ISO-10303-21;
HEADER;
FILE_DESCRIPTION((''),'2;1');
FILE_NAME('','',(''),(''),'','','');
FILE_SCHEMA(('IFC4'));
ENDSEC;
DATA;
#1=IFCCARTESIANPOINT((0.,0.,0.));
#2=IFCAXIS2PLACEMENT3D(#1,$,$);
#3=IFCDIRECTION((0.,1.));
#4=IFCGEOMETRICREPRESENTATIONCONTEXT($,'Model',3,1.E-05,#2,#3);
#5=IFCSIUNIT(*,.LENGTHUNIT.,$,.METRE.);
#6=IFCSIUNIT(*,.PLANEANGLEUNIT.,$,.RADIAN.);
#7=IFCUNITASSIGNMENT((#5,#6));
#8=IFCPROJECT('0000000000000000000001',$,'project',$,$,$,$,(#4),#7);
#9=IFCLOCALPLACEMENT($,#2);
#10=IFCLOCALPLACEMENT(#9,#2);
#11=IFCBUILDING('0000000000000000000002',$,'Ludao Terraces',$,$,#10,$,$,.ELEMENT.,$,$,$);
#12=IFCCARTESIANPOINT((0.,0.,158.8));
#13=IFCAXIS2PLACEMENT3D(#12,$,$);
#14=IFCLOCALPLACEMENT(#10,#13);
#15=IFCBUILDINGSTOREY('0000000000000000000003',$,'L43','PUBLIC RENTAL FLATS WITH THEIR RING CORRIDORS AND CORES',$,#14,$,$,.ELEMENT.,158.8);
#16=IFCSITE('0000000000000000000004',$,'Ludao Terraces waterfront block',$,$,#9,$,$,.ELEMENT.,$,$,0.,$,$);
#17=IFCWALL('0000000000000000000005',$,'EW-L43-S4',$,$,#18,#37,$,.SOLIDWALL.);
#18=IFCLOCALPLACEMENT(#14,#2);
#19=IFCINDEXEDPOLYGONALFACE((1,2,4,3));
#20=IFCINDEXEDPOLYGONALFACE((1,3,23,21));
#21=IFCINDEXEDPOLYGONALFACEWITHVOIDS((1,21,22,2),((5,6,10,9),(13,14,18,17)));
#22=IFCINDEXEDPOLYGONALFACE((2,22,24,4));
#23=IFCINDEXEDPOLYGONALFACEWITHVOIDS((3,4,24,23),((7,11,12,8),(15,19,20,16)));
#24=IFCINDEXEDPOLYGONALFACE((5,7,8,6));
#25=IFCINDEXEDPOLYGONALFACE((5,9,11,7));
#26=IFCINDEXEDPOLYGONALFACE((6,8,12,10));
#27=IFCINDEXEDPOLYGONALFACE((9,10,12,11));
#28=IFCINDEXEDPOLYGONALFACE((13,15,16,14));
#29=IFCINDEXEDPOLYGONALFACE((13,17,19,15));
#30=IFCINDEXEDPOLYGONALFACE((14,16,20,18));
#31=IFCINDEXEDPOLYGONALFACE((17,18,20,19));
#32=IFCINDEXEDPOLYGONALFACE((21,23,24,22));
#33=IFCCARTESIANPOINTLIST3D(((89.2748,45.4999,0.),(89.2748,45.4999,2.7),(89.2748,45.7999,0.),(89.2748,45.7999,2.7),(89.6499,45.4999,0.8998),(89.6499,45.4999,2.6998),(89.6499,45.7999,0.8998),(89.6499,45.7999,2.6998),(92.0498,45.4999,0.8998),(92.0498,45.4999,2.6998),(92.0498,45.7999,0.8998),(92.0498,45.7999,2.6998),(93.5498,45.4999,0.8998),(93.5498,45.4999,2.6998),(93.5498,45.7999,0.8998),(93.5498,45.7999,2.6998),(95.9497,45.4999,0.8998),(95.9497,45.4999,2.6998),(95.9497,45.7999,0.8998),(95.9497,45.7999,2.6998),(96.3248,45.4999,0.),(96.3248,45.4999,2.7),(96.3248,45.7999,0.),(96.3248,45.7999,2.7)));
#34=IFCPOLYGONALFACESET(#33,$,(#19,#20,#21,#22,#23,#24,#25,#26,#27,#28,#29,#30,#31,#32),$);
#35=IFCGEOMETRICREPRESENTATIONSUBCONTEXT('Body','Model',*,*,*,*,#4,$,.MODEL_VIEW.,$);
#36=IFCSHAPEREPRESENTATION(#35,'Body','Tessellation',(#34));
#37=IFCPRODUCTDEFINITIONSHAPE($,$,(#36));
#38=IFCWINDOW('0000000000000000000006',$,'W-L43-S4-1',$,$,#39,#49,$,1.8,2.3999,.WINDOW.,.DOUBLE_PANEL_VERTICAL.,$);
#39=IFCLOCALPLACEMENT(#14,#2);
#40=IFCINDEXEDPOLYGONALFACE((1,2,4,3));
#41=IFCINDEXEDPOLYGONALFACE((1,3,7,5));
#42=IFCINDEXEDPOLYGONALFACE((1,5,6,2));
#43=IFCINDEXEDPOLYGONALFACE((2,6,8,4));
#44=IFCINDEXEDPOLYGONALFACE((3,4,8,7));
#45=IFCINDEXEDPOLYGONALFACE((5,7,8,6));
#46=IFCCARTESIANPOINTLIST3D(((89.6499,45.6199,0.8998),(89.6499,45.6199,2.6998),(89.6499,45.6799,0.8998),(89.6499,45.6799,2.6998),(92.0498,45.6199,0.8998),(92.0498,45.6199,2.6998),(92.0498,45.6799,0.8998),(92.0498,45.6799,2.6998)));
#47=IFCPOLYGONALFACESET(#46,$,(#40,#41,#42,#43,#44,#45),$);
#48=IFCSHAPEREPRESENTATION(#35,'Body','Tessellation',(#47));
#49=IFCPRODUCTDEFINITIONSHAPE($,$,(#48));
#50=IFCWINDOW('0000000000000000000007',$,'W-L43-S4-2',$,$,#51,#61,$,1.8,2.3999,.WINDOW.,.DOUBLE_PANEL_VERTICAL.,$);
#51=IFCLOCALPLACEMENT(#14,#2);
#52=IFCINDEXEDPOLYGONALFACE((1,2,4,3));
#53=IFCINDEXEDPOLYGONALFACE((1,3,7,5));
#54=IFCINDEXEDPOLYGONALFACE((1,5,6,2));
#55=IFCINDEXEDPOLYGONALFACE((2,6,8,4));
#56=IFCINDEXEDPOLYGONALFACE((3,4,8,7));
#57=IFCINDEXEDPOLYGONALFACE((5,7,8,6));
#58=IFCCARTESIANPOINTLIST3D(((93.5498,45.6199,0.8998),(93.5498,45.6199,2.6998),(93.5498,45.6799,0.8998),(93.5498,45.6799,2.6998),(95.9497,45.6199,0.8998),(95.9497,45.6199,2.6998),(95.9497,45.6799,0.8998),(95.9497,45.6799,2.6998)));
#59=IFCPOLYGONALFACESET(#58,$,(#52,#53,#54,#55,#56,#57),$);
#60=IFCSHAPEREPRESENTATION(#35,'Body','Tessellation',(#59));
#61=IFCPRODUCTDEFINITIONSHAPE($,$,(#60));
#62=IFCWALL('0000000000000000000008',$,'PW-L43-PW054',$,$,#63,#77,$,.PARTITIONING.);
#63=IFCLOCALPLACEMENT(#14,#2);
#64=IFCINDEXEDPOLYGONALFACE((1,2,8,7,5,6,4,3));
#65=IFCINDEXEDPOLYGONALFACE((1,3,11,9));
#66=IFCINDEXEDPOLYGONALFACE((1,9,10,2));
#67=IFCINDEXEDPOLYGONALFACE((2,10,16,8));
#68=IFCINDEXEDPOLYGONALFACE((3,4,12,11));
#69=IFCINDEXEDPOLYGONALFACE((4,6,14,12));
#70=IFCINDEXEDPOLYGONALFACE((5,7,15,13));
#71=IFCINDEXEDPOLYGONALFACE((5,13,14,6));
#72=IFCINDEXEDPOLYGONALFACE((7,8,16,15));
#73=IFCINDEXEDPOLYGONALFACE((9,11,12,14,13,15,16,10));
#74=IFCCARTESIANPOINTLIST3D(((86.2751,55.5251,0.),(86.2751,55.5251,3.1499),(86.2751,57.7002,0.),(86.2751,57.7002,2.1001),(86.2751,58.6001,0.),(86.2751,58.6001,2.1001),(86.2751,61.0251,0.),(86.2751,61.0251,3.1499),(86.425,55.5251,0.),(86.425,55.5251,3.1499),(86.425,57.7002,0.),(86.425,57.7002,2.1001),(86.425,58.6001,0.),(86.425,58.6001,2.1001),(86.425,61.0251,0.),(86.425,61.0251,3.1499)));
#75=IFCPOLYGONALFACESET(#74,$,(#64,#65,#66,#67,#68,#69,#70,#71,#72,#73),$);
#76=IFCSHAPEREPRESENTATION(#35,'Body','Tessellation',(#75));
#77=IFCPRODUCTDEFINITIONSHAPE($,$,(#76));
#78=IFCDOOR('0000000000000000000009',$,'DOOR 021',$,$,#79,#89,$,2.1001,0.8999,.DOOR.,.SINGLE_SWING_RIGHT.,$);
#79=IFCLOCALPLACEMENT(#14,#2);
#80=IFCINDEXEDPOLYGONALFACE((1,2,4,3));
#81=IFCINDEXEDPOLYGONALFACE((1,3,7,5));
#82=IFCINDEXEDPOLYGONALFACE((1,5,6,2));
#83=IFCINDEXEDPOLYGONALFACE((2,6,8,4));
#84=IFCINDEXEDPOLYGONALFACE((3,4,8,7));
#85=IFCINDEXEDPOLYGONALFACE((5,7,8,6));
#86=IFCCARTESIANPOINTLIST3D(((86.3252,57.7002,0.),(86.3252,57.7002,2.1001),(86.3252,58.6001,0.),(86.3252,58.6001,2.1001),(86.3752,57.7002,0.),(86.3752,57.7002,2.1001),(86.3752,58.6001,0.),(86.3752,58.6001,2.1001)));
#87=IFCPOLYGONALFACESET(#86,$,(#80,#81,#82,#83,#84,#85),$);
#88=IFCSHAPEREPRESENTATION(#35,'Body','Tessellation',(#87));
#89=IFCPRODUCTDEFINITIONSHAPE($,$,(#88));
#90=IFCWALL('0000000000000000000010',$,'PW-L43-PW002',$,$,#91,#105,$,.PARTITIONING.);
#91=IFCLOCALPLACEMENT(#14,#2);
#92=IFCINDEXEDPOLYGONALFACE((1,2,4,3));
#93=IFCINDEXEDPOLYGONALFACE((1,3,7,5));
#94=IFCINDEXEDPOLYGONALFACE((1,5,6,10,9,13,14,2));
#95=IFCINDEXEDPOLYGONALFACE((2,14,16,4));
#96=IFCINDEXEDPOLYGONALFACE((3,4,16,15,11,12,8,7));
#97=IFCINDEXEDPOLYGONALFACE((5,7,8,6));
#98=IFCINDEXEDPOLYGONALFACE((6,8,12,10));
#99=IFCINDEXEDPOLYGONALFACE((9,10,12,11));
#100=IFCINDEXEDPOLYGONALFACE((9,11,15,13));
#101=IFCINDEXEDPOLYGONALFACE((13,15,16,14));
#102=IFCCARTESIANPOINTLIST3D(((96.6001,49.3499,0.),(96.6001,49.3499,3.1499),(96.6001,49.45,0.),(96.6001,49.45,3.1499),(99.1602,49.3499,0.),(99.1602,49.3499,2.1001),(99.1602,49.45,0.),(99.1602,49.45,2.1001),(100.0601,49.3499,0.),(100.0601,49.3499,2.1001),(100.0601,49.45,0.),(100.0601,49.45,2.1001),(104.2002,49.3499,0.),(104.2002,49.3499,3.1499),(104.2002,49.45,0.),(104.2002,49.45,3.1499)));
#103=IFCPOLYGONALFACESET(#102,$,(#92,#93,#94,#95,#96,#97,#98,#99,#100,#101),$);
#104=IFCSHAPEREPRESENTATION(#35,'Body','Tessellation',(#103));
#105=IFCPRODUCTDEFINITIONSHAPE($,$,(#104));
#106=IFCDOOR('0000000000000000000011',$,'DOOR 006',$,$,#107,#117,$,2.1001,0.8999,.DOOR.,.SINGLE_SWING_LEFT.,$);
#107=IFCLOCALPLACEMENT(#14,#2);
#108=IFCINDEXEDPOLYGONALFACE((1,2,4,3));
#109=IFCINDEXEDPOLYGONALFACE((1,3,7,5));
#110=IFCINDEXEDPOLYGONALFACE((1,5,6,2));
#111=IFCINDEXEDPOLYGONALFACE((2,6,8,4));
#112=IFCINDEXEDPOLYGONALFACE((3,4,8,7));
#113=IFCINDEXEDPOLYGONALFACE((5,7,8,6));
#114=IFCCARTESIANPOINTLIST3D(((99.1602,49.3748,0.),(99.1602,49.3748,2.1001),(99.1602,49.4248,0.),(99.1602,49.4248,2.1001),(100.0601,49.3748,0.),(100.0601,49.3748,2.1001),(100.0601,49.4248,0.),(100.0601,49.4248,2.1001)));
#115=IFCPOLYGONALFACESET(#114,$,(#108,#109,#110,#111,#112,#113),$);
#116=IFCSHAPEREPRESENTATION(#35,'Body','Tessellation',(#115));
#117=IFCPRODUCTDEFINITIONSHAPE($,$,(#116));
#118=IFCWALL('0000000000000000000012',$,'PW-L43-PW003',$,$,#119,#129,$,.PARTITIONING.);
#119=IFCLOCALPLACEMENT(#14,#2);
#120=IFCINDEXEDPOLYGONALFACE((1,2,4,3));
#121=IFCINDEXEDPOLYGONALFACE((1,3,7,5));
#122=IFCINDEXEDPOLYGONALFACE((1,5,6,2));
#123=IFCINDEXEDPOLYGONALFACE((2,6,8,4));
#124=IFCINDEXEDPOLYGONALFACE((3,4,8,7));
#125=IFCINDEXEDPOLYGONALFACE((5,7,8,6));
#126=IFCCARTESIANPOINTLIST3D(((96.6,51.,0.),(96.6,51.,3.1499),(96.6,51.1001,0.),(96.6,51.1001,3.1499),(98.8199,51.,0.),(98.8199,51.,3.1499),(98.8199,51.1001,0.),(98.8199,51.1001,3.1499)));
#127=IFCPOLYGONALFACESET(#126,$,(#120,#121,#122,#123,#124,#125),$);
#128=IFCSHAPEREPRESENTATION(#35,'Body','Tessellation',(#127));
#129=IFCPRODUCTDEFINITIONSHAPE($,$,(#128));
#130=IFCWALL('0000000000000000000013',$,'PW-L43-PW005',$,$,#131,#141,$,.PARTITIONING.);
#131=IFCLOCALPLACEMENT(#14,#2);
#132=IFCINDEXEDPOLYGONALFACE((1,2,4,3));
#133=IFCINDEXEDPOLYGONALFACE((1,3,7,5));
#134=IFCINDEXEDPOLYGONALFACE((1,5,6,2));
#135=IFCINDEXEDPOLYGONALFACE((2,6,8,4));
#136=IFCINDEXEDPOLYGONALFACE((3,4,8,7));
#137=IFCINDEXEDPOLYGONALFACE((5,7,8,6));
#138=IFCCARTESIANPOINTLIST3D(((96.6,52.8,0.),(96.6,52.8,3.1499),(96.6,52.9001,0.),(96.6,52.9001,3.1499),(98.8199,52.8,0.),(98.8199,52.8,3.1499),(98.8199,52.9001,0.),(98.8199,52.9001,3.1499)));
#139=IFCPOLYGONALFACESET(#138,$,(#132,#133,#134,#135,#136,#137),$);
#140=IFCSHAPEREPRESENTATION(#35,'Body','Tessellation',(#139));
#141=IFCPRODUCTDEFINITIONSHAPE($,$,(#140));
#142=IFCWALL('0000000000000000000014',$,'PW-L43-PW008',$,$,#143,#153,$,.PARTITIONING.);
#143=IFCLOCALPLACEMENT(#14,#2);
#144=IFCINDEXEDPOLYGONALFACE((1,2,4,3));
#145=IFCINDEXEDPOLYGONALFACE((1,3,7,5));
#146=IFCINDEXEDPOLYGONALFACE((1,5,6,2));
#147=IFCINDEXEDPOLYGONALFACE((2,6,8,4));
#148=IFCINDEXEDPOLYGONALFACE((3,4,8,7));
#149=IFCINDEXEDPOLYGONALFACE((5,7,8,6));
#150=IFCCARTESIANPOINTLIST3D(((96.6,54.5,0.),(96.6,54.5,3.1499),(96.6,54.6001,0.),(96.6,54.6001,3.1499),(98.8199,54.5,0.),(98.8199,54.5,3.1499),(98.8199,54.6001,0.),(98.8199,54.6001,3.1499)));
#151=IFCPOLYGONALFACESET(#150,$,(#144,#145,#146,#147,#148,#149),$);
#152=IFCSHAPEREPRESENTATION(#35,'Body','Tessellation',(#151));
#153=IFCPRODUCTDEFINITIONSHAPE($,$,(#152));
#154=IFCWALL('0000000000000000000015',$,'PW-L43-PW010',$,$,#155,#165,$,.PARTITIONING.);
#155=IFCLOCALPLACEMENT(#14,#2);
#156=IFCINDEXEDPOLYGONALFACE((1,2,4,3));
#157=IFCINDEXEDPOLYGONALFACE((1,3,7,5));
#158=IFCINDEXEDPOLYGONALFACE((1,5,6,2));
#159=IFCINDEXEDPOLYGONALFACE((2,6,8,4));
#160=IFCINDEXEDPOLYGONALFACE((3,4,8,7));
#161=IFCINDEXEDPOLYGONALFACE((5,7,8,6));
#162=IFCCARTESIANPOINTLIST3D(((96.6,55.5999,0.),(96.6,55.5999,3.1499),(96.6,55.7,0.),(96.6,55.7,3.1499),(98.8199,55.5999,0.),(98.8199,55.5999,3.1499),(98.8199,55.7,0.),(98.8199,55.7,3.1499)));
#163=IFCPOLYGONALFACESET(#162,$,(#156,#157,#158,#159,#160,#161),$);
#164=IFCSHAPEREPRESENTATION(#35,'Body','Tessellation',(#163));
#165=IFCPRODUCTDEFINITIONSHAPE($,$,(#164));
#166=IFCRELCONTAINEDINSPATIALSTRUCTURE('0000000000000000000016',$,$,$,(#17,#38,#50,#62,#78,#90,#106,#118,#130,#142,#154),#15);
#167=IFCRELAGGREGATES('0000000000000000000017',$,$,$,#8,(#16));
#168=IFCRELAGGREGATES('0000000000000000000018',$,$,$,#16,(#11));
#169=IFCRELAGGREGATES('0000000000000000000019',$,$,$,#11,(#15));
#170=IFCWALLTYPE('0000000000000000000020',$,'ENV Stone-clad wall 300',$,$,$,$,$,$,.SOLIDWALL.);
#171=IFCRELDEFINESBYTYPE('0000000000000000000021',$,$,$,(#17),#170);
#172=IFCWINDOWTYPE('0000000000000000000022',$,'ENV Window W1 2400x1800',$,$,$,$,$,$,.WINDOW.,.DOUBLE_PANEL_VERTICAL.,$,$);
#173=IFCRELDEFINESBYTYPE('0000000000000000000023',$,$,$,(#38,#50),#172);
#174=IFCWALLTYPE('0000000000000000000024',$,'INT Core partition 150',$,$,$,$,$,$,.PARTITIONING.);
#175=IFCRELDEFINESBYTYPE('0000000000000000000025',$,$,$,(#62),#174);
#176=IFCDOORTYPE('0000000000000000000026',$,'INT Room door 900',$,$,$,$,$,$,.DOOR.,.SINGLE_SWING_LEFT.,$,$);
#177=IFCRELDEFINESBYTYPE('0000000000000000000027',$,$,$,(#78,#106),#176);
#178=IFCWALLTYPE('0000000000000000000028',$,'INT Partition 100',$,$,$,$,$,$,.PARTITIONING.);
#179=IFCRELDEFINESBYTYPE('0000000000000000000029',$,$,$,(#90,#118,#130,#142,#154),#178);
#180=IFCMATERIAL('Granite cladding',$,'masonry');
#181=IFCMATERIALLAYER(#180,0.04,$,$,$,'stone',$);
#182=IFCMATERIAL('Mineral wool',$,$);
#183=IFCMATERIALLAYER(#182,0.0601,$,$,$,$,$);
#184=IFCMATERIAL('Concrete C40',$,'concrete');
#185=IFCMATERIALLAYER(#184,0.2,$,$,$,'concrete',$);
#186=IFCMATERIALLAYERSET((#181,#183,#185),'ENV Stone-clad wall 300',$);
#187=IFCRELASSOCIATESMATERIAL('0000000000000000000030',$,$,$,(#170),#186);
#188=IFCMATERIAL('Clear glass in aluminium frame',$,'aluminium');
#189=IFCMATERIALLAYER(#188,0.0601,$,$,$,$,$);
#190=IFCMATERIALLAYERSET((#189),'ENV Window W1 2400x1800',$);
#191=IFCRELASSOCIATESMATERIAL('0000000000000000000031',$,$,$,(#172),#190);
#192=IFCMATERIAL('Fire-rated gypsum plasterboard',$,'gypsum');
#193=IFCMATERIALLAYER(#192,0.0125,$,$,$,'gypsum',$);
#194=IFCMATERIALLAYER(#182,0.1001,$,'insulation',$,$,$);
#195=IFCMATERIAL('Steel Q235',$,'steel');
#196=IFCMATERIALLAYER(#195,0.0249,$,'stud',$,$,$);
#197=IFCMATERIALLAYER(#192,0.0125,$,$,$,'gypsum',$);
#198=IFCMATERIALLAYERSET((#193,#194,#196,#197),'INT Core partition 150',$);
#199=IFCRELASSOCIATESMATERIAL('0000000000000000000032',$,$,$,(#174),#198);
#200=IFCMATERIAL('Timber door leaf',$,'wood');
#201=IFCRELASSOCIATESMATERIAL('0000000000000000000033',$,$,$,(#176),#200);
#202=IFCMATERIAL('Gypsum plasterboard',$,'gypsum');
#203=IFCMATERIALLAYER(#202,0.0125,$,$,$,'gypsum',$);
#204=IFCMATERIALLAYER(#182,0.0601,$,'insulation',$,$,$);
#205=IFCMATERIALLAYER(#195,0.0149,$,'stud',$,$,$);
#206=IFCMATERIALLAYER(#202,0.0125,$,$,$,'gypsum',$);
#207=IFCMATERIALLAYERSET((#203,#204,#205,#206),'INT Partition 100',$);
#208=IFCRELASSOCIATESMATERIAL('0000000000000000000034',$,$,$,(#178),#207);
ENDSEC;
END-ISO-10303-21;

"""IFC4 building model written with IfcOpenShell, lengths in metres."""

from ifc_helpers import new_model, si_unit, direction, frame, frame_2d, origin, place, context, subcontext, project, spatial, rectangle, extrude, material, layer, layer_set, type_object, element, fill, save


model = new_model("IFC4")

# Units and contexts
model_context = context("Model", 3, precision=1e-05, world=origin(), true_north=direction((0.0, 1.0)))
body_context = subcontext(model_context, "Body", "Model", "MODEL_VIEW")
ifc_project = project(units=[si_unit("LENGTHUNIT", "METRE"), si_unit("PLANEANGLEUNIT", "RADIAN")], contexts=[model_context])

# Site, building, storey
site_placement = place(None, origin())
site = spatial("IfcSite", under=ifc_project, at=site_placement, Name="Ludao Terraces waterfront block", CompositionType="ELEMENT", RefElevation=0.0)
building_placement = place(site_placement, origin())
building = spatial("IfcBuilding", under=site, at=building_placement, Name="Ludao Terraces", CompositionType="ELEMENT")
storey_placement = place(building_placement, frame((0.0, 0.0, 158.8)))
storey = spatial("IfcBuildingStorey", under=building, at=storey_placement, Name="L43", Description="PUBLIC RENTAL FLATS WITH THEIR RING CORRIDORS AND CORES", CompositionType="ELEMENT", Elevation=158.8)

# Shared definitions
ifc_material_1 = material(Name="Concrete C40", Category="concrete")

# Shared definitions
ifc_material_2 = material(Name="Steel Q235", Category="steel")

# Wall, openings, windows
ifc_material_3 = material(Name="Granite cladding", Category="masonry")
ifc_layer_1 = layer(ifc_material_3, 0.04, Category="stone")
ifc_material_4 = material(Name="Mineral wool")
ifc_layer_2 = layer(ifc_material_4, 0.0601)
ifc_layer_3 = layer(ifc_material_1, 0.2, Category="concrete")
ifc_layer_set_1 = layer_set([ifc_layer_1, ifc_layer_2, ifc_layer_3], Name="ENV Stone-clad wall 300")
wall_type_1 = type_object("IfcWallType", Name="ENV Stone-clad wall 300", PredefinedType="SOLIDWALL", material=ifc_layer_set_1)
wall_1_placement = place(storey_placement, frame((89.2749, 45.6499, 0.0), z_axis=(0.0, 0.0, 1.0), x_axis=(1.0, 0.0, 0.0)))
wall_1 = element("IfcWall", 1, at=wall_1_placement, inside=storey, type_object=wall_type_1, Name="EW-L43-S4", PredefinedType="SOLIDWALL", context=body_context, shape_type="SweptSolid", body=[
    extrude(rectangle(XDim=7.05, YDim=0.3, at=frame_2d((3.5249, 0.0))), origin(), (0.0, 0.0, 1.0), 2.7),
])
opening_1_placement = place(wall_1_placement, frame((0.375, 0.0, 0.8999)))
opening_1 = element("IfcOpeningElement", 2, at=opening_1_placement, cuts=wall_1, PredefinedType="OPENING", context=body_context, shape_type="SweptSolid", body=[
    extrude(rectangle(XDim=2.3999, YDim=1.8, at=frame_2d((1.2, 0.8999))), frame((0.0, 0.1602, 0.0), z_axis=(0.0, -1.0, 0.0), x_axis=(1.0, 0.0, 0.0)), (0.0, 0.0, 1.0), 0.3201),
])
opening_2_placement = place(wall_1_placement, frame((4.2749, 0.0, 0.8999)))
opening_2 = element("IfcOpeningElement", 3, at=opening_2_placement, cuts=wall_1, PredefinedType="OPENING", context=body_context, shape_type="SweptSolid", body=[
    extrude(rectangle(XDim=2.3999, YDim=1.8, at=frame_2d((1.2, 0.8999))), frame((0.0, 0.1602, 0.0), z_axis=(0.0, -1.0, 0.0), x_axis=(1.0, 0.0, 0.0)), (0.0, 0.0, 1.0), 0.3201),
])
ifc_material_5 = material(Name="Clear glass in aluminium frame", Category="aluminium")
ifc_layer_4 = layer(ifc_material_5, 0.0601)
ifc_layer_set_2 = layer_set([ifc_layer_4], Name="ENV Window W1 2400x1800")
window_type = type_object("IfcWindowType", Name="ENV Window W1 2400x1800", PartitioningType="DOUBLE_PANEL_VERTICAL", PredefinedType="WINDOW", material=ifc_layer_set_2)
window_1_placement = place(opening_1_placement, origin())
window_1 = element("IfcWindow", 4, at=window_1_placement, inside=storey, type_object=window_type, Name="W-L43-S4-1", OverallHeight=1.8, OverallWidth=2.3999, PartitioningType="DOUBLE_PANEL_VERTICAL", PredefinedType="WINDOW", context=body_context, shape_type="SweptSolid", body=[
    extrude(rectangle(XDim=2.3999, YDim=1.8, at=frame_2d((1.2, 0.8999))), frame((0.0, 0.03, 0.0), z_axis=(0.0, -1.0, 0.0), x_axis=(1.0, 0.0, 0.0)), (0.0, 0.0, 1.0), 0.0601),
])
fill(opening_1, window_1)
window_2_placement = place(opening_2_placement, origin())
window_2 = element("IfcWindow", 5, at=window_2_placement, inside=storey, type_object=window_type, Name="W-L43-S4-2", OverallHeight=1.8, OverallWidth=2.3999, PartitioningType="DOUBLE_PANEL_VERTICAL", PredefinedType="WINDOW", context=body_context, shape_type="SweptSolid", body=[
    extrude(rectangle(XDim=2.3999, YDim=1.8, at=frame_2d((1.2, 0.8999))), frame((0.0, 0.03, 0.0), z_axis=(0.0, -1.0, 0.0), x_axis=(1.0, 0.0, 0.0)), (0.0, 0.0, 1.0), 0.0601),
])
fill(opening_2, window_2)

# Walls, openings, doors
ifc_material_6 = material(Name="Fire-rated gypsum plasterboard", Category="gypsum")
ifc_layer_5 = layer(ifc_material_6, 0.0125, Category="gypsum")
ifc_layer_6 = layer(ifc_material_4, 0.1001, Name="insulation")
ifc_layer_7 = layer(ifc_material_2, 0.0249, Name="stud")
ifc_layer_8 = layer(ifc_material_6, 0.0125, Category="gypsum")
ifc_layer_set_3 = layer_set([ifc_layer_5, ifc_layer_6, ifc_layer_7, ifc_layer_8], Name="INT Core partition 150")
wall_type_2 = type_object("IfcWallType", Name="INT Core partition 150", PredefinedType="PARTITIONING", material=ifc_layer_set_3)
wall_2_placement = place(storey_placement, frame((86.3501, 55.5251, 0.0), z_axis=(0.0, 0.0, 1.0), x_axis=(0.0, 1.0, 0.0)))
wall_2 = element("IfcWall", 6, at=wall_2_placement, inside=storey, type_object=wall_type_2, Name="PW-L43-PW054", PredefinedType="PARTITIONING", context=body_context, shape_type="SweptSolid", body=[
    extrude(rectangle(XDim=5.5, YDim=0.1499, at=frame_2d((2.75, 0.0))), origin(), (0.0, 0.0, 1.0), 3.1499),
])
opening_3_placement = place(wall_2_placement, frame((2.175, 0.0, 0.0)))
opening_3 = element("IfcOpeningElement", 7, at=opening_3_placement, cuts=wall_2, PredefinedType="OPENING", context=body_context, shape_type="SweptSolid", body=[
    extrude(rectangle(XDim=0.8999, YDim=2.1001, at=frame_2d((0.45, 1.05))), frame((0.0, 0.085, 0.0), z_axis=(0.0, -1.0, 0.0), x_axis=(1.0, 0.0, 0.0)), (0.0, 0.0, 1.0), 0.1699),
])
ifc_material_7 = material(Name="Timber door leaf", Category="wood")
door_type_1 = type_object("IfcDoorType", Name="INT Room door 900", OperationType="SINGLE_SWING_LEFT", PredefinedType="DOOR", material=ifc_material_7)
door_1_placement = place(opening_3_placement, origin())
door_1 = element("IfcDoor", 8, at=door_1_placement, inside=storey, type_object=door_type_1, Name="DOOR 021", OperationType="SINGLE_SWING_RIGHT", OverallHeight=2.1001, OverallWidth=0.8999, PredefinedType="DOOR", context=body_context, shape_type="SweptSolid", body=[
    extrude(rectangle(XDim=0.8999, YDim=2.1001, at=frame_2d((0.45, 1.05))), frame((0.0, 0.0249, 0.0), z_axis=(0.0, -1.0, 0.0), x_axis=(1.0, 0.0, 0.0)), (0.0, 0.0, 1.0), 0.05),
])
fill(opening_3, door_1)
ifc_material_8 = material(Name="Gypsum plasterboard", Category="gypsum")
ifc_layer_9 = layer(ifc_material_8, 0.0125, Category="gypsum")
ifc_layer_10 = layer(ifc_material_4, 0.0601, Name="insulation")
ifc_layer_11 = layer(ifc_material_2, 0.0149, Name="stud")
ifc_layer_12 = layer(ifc_material_8, 0.0125, Category="gypsum")
ifc_layer_set_4 = layer_set([ifc_layer_9, ifc_layer_10, ifc_layer_11, ifc_layer_12], Name="INT Partition 100")
wall_type_3 = type_object("IfcWallType", Name="INT Partition 100", PredefinedType="PARTITIONING", material=ifc_layer_set_4)
wall_3_placement = place(storey_placement, frame((96.6001, 49.3999, 0.0), z_axis=(0.0, 0.0, 1.0), x_axis=(1.0, 0.0, 0.0)))
wall_3 = element("IfcWall", 9, at=wall_3_placement, inside=storey, type_object=wall_type_3, Name="PW-L43-PW002", PredefinedType="PARTITIONING", context=body_context, shape_type="SweptSolid", body=[
    extrude(rectangle(XDim=7.6001, YDim=0.1001, at=frame_2d((3.8, 0.0))), origin(), (0.0, 0.0, 1.0), 3.1499),
])
opening_4_placement = place(wall_3_placement, frame((2.5601, 0.0, 0.0)))
opening_4 = element("IfcOpeningElement", 10, at=opening_4_placement, cuts=wall_3, PredefinedType="OPENING", context=body_context, shape_type="SweptSolid", body=[
    extrude(rectangle(XDim=0.8999, YDim=2.1001, at=frame_2d((0.45, 1.05))), frame((0.0, 0.0601, 0.0), z_axis=(0.0, -1.0, 0.0), x_axis=(1.0, 0.0, 0.0)), (0.0, 0.0, 1.0), 0.1201),
])
door_2_placement = place(opening_4_placement, origin())
door_2 = element("IfcDoor", 11, at=door_2_placement, inside=storey, type_object=door_type_1, Name="DOOR 006", OperationType="SINGLE_SWING_LEFT", OverallHeight=2.1001, OverallWidth=0.8999, PredefinedType="DOOR", context=body_context, shape_type="SweptSolid", body=[
    extrude(rectangle(XDim=0.8999, YDim=2.1001, at=frame_2d((0.45, 1.05))), frame((0.0, 0.0249, 0.0), z_axis=(0.0, -1.0, 0.0), x_axis=(1.0, 0.0, 0.0)), (0.0, 0.0, 1.0), 0.05),
])
fill(opening_4, door_2)

# Walls
for number, where, z_axis, x_axis, name in (
    (12, (96.6001, 51.05, 0.0), (0.0, 0.0, 1.0), (1.0, 0.0, 0.0), "PW-L43-PW003"),
    (13, (96.6001, 52.8501, 0.0), (0.0, 0.0, 1.0), (1.0, 0.0, 0.0), "PW-L43-PW005"),
    (14, (96.6001, 54.55, 0.0), (0.0, 0.0, 1.0), (1.0, 0.0, 0.0), "PW-L43-PW008"),
    (15, (96.6001, 55.6499, 0.0), (0.0, 0.0, 1.0), (1.0, 0.0, 0.0), "PW-L43-PW010"),
):
    element("IfcWall", number, at=place(storey_placement, frame(where, z_axis=z_axis, x_axis=x_axis)), inside=storey, type_object=wall_type_3, Name=name, PredefinedType="PARTITIONING", context=body_context, shape_type="SweptSolid", body=[
        extrude(rectangle(XDim=2.22, YDim=0.1001, at=frame_2d((1.1099, 0.0))), origin(), (0.0, 0.0, 1.0), 3.1499),
    ])

save(model, "model.ifc")
